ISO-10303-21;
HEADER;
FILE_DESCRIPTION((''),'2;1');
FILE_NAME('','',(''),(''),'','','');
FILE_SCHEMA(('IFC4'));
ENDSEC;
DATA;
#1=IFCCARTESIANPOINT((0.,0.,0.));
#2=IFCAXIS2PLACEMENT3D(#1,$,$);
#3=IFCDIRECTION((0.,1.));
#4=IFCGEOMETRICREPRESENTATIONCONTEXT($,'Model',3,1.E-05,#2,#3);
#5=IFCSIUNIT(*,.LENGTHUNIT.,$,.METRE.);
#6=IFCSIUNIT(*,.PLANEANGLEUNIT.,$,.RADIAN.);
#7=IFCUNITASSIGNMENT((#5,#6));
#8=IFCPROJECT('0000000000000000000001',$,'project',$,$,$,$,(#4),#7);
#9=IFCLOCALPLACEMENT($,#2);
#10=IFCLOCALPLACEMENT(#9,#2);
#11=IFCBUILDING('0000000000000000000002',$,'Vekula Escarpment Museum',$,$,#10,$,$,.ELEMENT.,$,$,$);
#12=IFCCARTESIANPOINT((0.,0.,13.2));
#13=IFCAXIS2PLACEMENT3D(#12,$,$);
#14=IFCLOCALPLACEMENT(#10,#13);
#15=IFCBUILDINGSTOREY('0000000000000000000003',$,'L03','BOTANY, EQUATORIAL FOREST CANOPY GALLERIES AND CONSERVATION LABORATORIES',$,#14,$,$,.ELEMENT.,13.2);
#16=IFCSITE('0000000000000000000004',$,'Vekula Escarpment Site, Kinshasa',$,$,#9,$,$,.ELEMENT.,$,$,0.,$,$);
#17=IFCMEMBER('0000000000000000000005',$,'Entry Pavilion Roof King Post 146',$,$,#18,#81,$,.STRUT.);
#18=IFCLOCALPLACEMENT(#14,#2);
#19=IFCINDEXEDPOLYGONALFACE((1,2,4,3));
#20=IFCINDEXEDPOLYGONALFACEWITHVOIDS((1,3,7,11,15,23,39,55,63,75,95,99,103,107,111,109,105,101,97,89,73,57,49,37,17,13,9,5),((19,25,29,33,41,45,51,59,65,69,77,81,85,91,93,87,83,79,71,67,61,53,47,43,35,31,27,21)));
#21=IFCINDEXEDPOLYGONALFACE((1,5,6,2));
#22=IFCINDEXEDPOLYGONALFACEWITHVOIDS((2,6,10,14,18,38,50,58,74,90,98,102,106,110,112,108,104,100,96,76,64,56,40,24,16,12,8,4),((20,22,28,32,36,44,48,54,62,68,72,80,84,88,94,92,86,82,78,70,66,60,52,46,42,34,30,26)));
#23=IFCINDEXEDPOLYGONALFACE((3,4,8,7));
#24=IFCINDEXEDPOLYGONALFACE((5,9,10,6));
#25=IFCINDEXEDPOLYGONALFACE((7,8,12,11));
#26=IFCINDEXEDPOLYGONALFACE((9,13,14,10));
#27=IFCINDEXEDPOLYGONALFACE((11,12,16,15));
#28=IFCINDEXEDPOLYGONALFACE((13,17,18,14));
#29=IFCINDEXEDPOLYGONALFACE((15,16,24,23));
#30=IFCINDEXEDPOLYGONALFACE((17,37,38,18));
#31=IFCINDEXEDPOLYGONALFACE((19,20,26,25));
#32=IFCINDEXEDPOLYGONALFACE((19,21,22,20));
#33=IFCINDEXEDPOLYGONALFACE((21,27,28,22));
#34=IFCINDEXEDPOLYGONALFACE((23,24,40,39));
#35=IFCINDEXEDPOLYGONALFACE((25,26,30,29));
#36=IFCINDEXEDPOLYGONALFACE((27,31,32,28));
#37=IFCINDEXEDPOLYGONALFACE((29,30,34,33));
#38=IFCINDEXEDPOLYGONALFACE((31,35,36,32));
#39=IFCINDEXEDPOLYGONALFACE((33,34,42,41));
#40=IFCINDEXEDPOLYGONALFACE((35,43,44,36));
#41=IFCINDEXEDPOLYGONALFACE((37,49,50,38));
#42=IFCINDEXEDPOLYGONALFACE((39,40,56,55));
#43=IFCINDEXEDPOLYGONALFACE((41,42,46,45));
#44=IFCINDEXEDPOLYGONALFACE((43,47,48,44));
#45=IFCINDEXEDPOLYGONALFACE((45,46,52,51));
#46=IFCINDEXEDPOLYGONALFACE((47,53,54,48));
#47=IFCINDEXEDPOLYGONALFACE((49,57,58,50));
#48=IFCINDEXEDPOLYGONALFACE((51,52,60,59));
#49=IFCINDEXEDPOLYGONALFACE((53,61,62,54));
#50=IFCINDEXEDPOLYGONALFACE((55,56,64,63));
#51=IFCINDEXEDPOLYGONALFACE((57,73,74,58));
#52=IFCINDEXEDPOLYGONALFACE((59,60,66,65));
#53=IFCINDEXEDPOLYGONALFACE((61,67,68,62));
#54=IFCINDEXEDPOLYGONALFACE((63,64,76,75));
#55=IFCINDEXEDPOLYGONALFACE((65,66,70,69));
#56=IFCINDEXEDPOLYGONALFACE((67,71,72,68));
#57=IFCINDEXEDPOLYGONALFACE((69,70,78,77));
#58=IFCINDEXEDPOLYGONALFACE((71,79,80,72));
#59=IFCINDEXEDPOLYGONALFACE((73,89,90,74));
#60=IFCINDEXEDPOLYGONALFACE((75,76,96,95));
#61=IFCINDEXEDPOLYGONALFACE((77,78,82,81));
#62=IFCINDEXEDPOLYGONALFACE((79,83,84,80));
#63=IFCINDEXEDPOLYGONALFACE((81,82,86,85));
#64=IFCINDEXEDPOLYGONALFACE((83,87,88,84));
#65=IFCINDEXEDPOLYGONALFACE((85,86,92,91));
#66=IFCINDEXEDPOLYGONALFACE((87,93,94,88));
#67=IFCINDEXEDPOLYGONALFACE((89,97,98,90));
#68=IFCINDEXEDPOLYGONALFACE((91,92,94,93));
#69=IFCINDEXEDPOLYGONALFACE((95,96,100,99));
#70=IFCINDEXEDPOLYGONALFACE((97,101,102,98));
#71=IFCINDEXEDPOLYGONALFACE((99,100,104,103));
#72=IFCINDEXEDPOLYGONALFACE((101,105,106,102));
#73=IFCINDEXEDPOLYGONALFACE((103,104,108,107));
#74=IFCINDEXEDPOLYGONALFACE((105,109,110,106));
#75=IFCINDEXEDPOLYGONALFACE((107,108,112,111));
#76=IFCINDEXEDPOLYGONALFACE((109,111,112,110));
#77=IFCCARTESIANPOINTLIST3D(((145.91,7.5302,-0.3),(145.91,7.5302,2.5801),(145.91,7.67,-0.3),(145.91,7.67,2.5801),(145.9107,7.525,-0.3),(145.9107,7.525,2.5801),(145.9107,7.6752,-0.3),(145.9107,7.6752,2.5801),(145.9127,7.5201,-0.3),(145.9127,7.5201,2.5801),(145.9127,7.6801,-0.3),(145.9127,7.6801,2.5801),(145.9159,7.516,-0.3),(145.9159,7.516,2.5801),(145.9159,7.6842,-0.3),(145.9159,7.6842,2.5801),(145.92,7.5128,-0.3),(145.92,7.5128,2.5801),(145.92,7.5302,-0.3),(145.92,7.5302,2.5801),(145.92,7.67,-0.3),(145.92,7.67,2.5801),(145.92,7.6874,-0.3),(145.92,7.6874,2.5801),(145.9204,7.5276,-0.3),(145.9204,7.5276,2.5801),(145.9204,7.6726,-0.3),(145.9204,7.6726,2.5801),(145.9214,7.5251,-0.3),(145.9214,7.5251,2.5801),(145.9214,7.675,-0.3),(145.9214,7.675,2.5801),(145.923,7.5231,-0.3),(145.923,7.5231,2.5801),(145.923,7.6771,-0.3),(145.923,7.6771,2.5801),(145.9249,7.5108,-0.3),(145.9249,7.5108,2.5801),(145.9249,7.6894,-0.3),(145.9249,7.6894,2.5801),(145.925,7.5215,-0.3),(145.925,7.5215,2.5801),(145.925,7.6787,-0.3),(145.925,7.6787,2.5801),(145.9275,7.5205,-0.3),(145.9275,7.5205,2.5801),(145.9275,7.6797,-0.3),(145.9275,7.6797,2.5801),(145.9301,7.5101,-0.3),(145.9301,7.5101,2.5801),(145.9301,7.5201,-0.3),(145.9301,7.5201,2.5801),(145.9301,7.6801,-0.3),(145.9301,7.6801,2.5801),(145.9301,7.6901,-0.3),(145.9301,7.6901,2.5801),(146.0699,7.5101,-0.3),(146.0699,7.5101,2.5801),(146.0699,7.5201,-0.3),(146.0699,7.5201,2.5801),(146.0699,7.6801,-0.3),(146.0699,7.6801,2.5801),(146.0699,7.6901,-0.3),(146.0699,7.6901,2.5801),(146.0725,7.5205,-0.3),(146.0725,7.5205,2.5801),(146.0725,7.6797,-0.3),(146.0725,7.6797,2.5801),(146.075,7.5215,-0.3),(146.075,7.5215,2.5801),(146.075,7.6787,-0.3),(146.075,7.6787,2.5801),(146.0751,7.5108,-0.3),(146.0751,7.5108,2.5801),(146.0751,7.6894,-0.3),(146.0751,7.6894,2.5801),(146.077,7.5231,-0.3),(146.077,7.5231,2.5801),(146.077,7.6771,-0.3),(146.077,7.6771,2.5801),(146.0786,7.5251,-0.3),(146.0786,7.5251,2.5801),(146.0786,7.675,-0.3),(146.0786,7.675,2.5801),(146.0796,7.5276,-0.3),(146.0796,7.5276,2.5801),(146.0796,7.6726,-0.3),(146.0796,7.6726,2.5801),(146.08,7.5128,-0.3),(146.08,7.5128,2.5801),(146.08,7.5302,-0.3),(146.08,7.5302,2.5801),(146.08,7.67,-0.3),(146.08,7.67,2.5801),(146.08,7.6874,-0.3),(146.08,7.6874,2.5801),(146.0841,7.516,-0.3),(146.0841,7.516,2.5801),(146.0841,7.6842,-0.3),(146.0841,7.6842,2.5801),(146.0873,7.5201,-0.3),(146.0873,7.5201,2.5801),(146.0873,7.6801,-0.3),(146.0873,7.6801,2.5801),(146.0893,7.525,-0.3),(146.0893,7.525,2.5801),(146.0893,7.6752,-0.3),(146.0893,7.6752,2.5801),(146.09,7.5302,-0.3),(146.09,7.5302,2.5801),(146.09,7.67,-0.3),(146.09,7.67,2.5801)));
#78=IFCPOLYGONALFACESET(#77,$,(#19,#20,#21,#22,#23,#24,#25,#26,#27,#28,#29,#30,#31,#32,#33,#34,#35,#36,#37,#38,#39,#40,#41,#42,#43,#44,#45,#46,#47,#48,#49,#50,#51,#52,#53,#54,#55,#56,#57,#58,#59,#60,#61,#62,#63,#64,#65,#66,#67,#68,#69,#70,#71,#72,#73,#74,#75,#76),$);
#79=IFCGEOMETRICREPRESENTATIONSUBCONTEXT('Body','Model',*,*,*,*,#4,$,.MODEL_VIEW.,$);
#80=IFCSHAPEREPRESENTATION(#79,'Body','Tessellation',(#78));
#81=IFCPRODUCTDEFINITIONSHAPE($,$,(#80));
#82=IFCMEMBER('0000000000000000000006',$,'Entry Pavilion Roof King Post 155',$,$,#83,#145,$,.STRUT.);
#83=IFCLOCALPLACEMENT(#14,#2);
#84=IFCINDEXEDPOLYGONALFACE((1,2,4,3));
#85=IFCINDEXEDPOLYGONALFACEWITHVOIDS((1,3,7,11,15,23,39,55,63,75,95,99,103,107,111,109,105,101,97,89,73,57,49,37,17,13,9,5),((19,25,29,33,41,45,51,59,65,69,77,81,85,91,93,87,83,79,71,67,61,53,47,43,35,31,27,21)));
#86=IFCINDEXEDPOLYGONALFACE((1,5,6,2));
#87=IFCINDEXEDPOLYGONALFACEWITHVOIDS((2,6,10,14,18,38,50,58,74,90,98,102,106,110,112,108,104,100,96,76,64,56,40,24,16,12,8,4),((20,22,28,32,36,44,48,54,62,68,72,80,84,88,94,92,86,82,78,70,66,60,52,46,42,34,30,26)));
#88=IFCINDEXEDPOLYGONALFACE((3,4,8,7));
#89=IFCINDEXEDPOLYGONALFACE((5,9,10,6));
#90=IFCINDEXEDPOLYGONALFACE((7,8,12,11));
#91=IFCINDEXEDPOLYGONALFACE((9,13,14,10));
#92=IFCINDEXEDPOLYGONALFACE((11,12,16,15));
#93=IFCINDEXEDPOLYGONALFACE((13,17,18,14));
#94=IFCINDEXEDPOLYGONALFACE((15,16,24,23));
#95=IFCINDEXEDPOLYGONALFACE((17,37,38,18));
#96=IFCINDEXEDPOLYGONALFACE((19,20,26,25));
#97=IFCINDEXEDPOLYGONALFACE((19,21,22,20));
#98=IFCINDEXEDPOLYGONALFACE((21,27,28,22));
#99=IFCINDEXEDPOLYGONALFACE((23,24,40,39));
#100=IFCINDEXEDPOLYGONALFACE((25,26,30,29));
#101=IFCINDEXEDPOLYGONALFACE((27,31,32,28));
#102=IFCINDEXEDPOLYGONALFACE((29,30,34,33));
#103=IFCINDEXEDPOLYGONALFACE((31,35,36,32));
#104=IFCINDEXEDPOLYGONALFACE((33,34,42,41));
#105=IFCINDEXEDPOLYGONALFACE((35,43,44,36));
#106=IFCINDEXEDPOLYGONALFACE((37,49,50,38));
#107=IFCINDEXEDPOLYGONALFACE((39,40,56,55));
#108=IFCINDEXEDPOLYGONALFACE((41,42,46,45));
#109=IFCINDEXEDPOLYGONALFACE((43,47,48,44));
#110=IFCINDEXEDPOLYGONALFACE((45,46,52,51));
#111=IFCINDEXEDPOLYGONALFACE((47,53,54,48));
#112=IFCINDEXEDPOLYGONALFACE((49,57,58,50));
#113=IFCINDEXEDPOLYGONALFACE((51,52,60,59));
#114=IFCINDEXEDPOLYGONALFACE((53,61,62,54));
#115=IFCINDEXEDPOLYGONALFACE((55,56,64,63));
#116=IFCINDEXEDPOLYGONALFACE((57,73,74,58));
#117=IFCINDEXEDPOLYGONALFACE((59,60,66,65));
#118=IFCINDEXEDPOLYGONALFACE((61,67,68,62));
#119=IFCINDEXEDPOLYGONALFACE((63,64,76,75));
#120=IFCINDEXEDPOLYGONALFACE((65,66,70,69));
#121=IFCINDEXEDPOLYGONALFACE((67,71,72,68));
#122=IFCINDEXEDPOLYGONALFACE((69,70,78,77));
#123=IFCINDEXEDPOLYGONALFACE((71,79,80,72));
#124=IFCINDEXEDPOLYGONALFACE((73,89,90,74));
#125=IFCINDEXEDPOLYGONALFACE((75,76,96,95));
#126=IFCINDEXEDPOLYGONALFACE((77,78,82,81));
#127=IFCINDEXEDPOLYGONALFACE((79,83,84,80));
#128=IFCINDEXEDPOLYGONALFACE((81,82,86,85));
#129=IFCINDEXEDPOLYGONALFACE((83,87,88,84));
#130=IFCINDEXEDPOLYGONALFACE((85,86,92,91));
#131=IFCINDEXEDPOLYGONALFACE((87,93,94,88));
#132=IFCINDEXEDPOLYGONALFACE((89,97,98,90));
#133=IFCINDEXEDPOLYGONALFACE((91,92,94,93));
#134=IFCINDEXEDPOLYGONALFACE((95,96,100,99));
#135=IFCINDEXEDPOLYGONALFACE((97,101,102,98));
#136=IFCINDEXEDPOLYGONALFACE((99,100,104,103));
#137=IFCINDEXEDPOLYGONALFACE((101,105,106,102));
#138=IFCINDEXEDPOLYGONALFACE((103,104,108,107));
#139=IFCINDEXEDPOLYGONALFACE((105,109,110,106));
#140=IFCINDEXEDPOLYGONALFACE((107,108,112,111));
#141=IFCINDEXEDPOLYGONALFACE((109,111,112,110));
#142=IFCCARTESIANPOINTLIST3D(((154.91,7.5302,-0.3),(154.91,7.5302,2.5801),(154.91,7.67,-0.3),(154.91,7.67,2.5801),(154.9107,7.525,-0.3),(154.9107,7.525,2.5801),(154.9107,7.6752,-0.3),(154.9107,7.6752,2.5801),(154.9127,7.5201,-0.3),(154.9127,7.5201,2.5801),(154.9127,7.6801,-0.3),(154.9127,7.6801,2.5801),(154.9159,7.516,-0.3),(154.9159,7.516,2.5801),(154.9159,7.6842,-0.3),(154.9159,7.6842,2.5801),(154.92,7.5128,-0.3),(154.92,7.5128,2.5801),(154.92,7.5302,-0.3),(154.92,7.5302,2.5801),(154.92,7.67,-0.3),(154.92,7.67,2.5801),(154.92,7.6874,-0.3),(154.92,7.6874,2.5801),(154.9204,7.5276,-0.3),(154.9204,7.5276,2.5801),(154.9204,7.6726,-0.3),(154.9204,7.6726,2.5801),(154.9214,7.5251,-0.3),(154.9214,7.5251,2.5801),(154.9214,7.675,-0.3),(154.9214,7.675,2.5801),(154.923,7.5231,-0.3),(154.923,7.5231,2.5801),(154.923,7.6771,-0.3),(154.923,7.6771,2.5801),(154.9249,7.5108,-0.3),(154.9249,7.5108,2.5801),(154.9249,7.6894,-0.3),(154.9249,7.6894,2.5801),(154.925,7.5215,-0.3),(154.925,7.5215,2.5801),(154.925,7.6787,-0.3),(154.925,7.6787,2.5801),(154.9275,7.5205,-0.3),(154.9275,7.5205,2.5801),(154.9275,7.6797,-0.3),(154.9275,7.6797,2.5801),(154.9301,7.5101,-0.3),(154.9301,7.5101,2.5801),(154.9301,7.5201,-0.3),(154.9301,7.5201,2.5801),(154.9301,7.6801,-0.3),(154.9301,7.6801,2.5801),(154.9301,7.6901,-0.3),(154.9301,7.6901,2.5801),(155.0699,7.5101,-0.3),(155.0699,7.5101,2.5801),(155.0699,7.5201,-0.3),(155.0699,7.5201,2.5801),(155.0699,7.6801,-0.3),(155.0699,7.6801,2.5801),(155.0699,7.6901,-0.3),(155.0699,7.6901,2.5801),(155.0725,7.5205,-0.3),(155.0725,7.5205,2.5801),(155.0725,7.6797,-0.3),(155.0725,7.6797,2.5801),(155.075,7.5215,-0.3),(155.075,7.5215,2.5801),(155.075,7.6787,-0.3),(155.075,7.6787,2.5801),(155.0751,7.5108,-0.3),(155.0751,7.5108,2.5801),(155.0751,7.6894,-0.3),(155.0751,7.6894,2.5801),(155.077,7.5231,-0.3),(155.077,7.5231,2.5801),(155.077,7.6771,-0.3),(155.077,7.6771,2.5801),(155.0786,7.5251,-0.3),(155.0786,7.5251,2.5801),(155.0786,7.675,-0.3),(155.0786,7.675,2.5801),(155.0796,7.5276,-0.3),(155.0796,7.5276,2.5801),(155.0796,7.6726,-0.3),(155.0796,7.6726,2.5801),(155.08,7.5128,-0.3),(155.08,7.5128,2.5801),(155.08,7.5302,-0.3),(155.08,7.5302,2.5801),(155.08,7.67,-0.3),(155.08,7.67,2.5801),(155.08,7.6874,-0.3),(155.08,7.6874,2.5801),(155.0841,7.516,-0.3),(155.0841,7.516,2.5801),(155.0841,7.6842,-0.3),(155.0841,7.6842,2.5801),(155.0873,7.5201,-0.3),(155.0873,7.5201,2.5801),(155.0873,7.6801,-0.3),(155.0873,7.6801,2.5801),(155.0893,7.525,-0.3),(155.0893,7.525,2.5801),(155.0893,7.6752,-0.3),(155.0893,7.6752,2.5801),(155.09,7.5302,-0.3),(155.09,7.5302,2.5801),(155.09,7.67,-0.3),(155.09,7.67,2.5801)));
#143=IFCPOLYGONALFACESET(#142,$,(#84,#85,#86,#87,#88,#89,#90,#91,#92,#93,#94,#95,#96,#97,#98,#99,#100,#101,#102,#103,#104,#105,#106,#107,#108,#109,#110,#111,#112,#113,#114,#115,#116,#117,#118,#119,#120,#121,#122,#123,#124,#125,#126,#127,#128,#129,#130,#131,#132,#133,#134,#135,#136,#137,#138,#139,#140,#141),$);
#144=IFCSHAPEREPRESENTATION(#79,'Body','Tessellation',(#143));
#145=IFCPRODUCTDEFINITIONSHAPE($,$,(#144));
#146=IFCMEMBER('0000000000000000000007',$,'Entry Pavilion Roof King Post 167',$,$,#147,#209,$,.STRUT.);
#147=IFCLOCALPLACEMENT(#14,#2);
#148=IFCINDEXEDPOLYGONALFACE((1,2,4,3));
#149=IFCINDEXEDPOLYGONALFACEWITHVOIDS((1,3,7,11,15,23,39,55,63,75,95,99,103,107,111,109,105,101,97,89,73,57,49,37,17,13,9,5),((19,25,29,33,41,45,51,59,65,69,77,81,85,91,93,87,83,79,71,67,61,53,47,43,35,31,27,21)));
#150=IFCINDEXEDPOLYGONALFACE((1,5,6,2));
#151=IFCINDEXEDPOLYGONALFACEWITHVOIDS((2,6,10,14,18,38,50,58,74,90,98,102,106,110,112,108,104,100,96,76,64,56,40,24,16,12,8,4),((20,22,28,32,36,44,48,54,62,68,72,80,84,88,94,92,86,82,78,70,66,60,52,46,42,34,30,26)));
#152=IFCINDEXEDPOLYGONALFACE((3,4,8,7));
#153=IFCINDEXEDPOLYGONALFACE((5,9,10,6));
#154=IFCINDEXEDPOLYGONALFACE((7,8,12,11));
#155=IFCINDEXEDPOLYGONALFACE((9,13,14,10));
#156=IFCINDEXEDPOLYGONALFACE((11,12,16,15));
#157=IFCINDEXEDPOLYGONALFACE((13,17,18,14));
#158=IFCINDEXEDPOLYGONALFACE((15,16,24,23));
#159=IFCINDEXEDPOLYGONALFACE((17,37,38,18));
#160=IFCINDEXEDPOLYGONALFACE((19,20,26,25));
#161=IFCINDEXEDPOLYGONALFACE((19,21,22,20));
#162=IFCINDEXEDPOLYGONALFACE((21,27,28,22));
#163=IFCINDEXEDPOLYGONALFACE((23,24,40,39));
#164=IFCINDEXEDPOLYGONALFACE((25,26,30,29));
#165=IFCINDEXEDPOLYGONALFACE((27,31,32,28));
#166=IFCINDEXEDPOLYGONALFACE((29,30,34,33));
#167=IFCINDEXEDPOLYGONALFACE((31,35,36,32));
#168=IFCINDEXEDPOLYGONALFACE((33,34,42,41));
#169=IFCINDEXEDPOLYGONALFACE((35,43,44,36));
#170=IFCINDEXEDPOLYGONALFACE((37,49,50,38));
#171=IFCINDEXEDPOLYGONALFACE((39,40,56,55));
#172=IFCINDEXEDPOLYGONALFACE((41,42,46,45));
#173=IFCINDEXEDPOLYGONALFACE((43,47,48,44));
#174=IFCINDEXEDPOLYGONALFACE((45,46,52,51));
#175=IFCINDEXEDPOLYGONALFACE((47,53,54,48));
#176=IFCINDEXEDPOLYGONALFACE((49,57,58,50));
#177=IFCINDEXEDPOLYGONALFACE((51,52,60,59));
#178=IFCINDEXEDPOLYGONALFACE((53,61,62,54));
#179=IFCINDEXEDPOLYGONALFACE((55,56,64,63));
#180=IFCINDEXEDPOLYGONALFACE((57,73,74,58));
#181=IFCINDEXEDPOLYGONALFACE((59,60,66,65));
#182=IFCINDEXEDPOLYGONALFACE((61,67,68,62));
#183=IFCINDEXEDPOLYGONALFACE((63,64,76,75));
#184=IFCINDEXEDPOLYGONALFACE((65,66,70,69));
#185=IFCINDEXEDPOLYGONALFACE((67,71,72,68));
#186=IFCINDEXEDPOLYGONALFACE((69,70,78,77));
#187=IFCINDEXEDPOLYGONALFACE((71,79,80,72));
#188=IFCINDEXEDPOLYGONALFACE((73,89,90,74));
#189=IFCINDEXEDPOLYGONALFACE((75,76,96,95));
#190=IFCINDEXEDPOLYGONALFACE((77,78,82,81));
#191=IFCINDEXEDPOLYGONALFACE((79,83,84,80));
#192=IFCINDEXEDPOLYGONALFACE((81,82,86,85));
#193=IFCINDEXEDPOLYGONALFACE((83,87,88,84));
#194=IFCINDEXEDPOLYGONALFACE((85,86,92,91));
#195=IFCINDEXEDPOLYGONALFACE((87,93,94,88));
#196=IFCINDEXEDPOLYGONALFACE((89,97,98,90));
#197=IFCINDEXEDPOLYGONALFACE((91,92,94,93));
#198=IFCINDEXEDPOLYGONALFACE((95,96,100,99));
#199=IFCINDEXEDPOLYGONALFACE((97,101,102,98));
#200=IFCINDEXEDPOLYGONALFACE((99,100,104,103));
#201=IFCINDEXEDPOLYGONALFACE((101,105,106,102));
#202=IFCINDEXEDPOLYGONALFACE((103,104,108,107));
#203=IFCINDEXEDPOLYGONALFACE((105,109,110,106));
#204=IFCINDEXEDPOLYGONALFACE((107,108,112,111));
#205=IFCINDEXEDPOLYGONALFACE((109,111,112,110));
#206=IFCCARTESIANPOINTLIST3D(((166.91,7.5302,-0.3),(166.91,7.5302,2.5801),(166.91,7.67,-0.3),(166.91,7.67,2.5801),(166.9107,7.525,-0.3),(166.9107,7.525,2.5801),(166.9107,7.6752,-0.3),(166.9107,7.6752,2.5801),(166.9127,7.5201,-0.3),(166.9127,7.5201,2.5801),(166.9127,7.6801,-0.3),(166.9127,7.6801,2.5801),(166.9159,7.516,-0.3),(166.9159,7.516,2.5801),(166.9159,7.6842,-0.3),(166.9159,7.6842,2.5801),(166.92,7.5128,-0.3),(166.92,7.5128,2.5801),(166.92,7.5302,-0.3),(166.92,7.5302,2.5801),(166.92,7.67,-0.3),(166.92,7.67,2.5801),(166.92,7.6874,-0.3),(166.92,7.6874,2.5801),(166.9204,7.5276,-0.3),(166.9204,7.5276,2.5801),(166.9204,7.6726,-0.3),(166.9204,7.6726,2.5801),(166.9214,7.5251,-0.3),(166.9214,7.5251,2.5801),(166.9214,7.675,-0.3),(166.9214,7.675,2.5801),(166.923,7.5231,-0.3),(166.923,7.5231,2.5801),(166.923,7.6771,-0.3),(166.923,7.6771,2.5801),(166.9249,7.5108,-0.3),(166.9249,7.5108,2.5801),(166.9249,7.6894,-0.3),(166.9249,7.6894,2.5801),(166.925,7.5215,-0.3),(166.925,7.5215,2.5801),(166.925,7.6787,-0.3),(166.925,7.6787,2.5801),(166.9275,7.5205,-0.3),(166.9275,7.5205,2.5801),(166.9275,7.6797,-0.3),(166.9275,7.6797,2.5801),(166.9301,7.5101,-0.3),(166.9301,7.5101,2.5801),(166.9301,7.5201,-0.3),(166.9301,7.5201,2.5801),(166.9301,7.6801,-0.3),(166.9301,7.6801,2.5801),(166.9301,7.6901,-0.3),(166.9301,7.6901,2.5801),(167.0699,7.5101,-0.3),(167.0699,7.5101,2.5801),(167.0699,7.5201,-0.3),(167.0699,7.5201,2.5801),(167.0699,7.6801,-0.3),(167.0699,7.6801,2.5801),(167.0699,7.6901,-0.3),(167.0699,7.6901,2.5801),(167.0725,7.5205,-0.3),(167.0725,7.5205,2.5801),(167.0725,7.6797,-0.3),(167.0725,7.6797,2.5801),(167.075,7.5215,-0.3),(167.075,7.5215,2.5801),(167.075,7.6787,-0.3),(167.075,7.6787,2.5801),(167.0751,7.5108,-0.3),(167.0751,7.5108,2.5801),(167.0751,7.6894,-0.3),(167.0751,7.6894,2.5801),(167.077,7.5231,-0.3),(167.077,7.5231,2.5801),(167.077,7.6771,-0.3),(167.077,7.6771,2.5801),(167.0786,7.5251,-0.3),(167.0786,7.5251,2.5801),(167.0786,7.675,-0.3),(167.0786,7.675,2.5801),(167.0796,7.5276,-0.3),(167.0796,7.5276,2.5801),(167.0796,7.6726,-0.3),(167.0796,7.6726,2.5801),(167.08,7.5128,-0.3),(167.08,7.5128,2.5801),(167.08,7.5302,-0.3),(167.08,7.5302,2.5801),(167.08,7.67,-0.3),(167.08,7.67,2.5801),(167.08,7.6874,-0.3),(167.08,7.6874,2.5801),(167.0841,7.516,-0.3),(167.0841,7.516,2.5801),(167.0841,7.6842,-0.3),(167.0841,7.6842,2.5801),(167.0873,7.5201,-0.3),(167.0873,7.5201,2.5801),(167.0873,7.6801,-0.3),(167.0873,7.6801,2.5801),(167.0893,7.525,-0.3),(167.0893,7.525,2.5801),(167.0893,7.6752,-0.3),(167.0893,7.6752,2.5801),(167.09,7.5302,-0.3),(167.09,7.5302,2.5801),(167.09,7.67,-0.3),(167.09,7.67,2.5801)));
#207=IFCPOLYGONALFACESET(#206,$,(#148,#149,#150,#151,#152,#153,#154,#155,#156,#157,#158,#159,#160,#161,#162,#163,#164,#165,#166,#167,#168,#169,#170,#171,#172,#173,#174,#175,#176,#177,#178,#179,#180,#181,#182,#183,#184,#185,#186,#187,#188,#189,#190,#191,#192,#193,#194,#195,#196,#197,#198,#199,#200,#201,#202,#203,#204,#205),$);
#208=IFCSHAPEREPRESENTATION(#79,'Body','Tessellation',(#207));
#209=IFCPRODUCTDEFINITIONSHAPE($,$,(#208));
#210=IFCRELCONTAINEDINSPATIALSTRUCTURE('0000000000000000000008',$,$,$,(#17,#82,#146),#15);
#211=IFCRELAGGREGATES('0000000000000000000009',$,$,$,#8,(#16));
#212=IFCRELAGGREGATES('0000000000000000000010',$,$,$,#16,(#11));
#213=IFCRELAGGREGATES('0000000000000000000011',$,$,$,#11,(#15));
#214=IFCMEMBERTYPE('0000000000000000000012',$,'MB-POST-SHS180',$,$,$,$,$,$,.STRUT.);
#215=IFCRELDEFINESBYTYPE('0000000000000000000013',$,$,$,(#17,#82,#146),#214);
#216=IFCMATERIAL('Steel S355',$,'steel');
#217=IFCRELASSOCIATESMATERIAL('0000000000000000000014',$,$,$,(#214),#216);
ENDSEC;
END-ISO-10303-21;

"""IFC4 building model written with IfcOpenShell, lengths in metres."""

from ifc_helpers import new_model, si_unit, direction, frame, origin, origin_2d, place, context, subcontext, project, spatial, hollow_rectangle, extrude, material, material_profile, profile_set, type_object, element, save


model = new_model("IFC4")

# Units and contexts
model_context = context("Model", 3, precision=1e-05, world=origin(), true_north=direction((0.0, 1.0)))
body_context = subcontext(model_context, "Body", "Model", "MODEL_VIEW")
ifc_project = project(units=[si_unit("LENGTHUNIT", "METRE"), si_unit("PLANEANGLEUNIT", "RADIAN")], contexts=[model_context])

# Site, building, storey
site_placement = place(None, origin())
site = spatial("IfcSite", under=ifc_project, at=site_placement, Name="Vekula Escarpment Site, Kinshasa", CompositionType="ELEMENT", RefElevation=0.0)
building_placement = place(site_placement, origin())
building = spatial("IfcBuilding", under=site, at=building_placement, Name="Vekula Escarpment Museum", CompositionType="ELEMENT")
storey_placement = place(building_placement, frame((0.0, 0.0, 13.2)))
storey = spatial("IfcBuildingStorey", under=building, at=storey_placement, Name="L03", Description="BOTANY, EQUATORIAL FOREST CANOPY GALLERIES AND CONSERVATION LABORATORIES", CompositionType="ELEMENT", Elevation=13.2)

# Members
ifc_material_1 = material(Name="Steel S355", Category="steel")
ifc_material_profile_1 = material_profile(ifc_material_1, hollow_rectangle(XDim=0.1799, YDim=0.1799, WallThickness=0.01, InnerFilletRadius=0.01, OuterFilletRadius=0.02, at=origin_2d()), Name="SHS 180x180x10")
ifc_profile_set_1 = profile_set([ifc_material_profile_1], Name="Steel S355")
member_type_1 = type_object("IfcMemberType", Name="MB-POST-SHS180", PredefinedType="STRUT", material=ifc_profile_set_1)
for number, where, z_axis, x_axis, name in (
    (1, (146.0, 7.6001, -0.3), (0.0, 0.0, 1.0), (1.0, 0.0, 0.0), "Entry Pavilion Roof King Post 146"),
    (2, (155.0, 7.6001, -0.3), (0.0, 0.0, 1.0), (1.0, 0.0, 0.0), "Entry Pavilion Roof King Post 155"),
    (3, (167.0, 7.6001, -0.3), (0.0, 0.0, 1.0), (1.0, 0.0, 0.0), "Entry Pavilion Roof King Post 167"),
):
    element("IfcMember", number, at=place(storey_placement, frame(where, z_axis=z_axis, x_axis=x_axis)), inside=storey, type_object=member_type_1, Name=name, PredefinedType="STRUT", context=body_context, shape_type="SweptSolid", body=[
        extrude(hollow_rectangle(XDim=0.1799, YDim=0.1799, WallThickness=0.01, InnerFilletRadius=0.01, OuterFilletRadius=0.02, at=origin_2d()), origin(), (0.0, 0.0, 1.0), 2.8801),
    ])

save(model, "model.ifc")
